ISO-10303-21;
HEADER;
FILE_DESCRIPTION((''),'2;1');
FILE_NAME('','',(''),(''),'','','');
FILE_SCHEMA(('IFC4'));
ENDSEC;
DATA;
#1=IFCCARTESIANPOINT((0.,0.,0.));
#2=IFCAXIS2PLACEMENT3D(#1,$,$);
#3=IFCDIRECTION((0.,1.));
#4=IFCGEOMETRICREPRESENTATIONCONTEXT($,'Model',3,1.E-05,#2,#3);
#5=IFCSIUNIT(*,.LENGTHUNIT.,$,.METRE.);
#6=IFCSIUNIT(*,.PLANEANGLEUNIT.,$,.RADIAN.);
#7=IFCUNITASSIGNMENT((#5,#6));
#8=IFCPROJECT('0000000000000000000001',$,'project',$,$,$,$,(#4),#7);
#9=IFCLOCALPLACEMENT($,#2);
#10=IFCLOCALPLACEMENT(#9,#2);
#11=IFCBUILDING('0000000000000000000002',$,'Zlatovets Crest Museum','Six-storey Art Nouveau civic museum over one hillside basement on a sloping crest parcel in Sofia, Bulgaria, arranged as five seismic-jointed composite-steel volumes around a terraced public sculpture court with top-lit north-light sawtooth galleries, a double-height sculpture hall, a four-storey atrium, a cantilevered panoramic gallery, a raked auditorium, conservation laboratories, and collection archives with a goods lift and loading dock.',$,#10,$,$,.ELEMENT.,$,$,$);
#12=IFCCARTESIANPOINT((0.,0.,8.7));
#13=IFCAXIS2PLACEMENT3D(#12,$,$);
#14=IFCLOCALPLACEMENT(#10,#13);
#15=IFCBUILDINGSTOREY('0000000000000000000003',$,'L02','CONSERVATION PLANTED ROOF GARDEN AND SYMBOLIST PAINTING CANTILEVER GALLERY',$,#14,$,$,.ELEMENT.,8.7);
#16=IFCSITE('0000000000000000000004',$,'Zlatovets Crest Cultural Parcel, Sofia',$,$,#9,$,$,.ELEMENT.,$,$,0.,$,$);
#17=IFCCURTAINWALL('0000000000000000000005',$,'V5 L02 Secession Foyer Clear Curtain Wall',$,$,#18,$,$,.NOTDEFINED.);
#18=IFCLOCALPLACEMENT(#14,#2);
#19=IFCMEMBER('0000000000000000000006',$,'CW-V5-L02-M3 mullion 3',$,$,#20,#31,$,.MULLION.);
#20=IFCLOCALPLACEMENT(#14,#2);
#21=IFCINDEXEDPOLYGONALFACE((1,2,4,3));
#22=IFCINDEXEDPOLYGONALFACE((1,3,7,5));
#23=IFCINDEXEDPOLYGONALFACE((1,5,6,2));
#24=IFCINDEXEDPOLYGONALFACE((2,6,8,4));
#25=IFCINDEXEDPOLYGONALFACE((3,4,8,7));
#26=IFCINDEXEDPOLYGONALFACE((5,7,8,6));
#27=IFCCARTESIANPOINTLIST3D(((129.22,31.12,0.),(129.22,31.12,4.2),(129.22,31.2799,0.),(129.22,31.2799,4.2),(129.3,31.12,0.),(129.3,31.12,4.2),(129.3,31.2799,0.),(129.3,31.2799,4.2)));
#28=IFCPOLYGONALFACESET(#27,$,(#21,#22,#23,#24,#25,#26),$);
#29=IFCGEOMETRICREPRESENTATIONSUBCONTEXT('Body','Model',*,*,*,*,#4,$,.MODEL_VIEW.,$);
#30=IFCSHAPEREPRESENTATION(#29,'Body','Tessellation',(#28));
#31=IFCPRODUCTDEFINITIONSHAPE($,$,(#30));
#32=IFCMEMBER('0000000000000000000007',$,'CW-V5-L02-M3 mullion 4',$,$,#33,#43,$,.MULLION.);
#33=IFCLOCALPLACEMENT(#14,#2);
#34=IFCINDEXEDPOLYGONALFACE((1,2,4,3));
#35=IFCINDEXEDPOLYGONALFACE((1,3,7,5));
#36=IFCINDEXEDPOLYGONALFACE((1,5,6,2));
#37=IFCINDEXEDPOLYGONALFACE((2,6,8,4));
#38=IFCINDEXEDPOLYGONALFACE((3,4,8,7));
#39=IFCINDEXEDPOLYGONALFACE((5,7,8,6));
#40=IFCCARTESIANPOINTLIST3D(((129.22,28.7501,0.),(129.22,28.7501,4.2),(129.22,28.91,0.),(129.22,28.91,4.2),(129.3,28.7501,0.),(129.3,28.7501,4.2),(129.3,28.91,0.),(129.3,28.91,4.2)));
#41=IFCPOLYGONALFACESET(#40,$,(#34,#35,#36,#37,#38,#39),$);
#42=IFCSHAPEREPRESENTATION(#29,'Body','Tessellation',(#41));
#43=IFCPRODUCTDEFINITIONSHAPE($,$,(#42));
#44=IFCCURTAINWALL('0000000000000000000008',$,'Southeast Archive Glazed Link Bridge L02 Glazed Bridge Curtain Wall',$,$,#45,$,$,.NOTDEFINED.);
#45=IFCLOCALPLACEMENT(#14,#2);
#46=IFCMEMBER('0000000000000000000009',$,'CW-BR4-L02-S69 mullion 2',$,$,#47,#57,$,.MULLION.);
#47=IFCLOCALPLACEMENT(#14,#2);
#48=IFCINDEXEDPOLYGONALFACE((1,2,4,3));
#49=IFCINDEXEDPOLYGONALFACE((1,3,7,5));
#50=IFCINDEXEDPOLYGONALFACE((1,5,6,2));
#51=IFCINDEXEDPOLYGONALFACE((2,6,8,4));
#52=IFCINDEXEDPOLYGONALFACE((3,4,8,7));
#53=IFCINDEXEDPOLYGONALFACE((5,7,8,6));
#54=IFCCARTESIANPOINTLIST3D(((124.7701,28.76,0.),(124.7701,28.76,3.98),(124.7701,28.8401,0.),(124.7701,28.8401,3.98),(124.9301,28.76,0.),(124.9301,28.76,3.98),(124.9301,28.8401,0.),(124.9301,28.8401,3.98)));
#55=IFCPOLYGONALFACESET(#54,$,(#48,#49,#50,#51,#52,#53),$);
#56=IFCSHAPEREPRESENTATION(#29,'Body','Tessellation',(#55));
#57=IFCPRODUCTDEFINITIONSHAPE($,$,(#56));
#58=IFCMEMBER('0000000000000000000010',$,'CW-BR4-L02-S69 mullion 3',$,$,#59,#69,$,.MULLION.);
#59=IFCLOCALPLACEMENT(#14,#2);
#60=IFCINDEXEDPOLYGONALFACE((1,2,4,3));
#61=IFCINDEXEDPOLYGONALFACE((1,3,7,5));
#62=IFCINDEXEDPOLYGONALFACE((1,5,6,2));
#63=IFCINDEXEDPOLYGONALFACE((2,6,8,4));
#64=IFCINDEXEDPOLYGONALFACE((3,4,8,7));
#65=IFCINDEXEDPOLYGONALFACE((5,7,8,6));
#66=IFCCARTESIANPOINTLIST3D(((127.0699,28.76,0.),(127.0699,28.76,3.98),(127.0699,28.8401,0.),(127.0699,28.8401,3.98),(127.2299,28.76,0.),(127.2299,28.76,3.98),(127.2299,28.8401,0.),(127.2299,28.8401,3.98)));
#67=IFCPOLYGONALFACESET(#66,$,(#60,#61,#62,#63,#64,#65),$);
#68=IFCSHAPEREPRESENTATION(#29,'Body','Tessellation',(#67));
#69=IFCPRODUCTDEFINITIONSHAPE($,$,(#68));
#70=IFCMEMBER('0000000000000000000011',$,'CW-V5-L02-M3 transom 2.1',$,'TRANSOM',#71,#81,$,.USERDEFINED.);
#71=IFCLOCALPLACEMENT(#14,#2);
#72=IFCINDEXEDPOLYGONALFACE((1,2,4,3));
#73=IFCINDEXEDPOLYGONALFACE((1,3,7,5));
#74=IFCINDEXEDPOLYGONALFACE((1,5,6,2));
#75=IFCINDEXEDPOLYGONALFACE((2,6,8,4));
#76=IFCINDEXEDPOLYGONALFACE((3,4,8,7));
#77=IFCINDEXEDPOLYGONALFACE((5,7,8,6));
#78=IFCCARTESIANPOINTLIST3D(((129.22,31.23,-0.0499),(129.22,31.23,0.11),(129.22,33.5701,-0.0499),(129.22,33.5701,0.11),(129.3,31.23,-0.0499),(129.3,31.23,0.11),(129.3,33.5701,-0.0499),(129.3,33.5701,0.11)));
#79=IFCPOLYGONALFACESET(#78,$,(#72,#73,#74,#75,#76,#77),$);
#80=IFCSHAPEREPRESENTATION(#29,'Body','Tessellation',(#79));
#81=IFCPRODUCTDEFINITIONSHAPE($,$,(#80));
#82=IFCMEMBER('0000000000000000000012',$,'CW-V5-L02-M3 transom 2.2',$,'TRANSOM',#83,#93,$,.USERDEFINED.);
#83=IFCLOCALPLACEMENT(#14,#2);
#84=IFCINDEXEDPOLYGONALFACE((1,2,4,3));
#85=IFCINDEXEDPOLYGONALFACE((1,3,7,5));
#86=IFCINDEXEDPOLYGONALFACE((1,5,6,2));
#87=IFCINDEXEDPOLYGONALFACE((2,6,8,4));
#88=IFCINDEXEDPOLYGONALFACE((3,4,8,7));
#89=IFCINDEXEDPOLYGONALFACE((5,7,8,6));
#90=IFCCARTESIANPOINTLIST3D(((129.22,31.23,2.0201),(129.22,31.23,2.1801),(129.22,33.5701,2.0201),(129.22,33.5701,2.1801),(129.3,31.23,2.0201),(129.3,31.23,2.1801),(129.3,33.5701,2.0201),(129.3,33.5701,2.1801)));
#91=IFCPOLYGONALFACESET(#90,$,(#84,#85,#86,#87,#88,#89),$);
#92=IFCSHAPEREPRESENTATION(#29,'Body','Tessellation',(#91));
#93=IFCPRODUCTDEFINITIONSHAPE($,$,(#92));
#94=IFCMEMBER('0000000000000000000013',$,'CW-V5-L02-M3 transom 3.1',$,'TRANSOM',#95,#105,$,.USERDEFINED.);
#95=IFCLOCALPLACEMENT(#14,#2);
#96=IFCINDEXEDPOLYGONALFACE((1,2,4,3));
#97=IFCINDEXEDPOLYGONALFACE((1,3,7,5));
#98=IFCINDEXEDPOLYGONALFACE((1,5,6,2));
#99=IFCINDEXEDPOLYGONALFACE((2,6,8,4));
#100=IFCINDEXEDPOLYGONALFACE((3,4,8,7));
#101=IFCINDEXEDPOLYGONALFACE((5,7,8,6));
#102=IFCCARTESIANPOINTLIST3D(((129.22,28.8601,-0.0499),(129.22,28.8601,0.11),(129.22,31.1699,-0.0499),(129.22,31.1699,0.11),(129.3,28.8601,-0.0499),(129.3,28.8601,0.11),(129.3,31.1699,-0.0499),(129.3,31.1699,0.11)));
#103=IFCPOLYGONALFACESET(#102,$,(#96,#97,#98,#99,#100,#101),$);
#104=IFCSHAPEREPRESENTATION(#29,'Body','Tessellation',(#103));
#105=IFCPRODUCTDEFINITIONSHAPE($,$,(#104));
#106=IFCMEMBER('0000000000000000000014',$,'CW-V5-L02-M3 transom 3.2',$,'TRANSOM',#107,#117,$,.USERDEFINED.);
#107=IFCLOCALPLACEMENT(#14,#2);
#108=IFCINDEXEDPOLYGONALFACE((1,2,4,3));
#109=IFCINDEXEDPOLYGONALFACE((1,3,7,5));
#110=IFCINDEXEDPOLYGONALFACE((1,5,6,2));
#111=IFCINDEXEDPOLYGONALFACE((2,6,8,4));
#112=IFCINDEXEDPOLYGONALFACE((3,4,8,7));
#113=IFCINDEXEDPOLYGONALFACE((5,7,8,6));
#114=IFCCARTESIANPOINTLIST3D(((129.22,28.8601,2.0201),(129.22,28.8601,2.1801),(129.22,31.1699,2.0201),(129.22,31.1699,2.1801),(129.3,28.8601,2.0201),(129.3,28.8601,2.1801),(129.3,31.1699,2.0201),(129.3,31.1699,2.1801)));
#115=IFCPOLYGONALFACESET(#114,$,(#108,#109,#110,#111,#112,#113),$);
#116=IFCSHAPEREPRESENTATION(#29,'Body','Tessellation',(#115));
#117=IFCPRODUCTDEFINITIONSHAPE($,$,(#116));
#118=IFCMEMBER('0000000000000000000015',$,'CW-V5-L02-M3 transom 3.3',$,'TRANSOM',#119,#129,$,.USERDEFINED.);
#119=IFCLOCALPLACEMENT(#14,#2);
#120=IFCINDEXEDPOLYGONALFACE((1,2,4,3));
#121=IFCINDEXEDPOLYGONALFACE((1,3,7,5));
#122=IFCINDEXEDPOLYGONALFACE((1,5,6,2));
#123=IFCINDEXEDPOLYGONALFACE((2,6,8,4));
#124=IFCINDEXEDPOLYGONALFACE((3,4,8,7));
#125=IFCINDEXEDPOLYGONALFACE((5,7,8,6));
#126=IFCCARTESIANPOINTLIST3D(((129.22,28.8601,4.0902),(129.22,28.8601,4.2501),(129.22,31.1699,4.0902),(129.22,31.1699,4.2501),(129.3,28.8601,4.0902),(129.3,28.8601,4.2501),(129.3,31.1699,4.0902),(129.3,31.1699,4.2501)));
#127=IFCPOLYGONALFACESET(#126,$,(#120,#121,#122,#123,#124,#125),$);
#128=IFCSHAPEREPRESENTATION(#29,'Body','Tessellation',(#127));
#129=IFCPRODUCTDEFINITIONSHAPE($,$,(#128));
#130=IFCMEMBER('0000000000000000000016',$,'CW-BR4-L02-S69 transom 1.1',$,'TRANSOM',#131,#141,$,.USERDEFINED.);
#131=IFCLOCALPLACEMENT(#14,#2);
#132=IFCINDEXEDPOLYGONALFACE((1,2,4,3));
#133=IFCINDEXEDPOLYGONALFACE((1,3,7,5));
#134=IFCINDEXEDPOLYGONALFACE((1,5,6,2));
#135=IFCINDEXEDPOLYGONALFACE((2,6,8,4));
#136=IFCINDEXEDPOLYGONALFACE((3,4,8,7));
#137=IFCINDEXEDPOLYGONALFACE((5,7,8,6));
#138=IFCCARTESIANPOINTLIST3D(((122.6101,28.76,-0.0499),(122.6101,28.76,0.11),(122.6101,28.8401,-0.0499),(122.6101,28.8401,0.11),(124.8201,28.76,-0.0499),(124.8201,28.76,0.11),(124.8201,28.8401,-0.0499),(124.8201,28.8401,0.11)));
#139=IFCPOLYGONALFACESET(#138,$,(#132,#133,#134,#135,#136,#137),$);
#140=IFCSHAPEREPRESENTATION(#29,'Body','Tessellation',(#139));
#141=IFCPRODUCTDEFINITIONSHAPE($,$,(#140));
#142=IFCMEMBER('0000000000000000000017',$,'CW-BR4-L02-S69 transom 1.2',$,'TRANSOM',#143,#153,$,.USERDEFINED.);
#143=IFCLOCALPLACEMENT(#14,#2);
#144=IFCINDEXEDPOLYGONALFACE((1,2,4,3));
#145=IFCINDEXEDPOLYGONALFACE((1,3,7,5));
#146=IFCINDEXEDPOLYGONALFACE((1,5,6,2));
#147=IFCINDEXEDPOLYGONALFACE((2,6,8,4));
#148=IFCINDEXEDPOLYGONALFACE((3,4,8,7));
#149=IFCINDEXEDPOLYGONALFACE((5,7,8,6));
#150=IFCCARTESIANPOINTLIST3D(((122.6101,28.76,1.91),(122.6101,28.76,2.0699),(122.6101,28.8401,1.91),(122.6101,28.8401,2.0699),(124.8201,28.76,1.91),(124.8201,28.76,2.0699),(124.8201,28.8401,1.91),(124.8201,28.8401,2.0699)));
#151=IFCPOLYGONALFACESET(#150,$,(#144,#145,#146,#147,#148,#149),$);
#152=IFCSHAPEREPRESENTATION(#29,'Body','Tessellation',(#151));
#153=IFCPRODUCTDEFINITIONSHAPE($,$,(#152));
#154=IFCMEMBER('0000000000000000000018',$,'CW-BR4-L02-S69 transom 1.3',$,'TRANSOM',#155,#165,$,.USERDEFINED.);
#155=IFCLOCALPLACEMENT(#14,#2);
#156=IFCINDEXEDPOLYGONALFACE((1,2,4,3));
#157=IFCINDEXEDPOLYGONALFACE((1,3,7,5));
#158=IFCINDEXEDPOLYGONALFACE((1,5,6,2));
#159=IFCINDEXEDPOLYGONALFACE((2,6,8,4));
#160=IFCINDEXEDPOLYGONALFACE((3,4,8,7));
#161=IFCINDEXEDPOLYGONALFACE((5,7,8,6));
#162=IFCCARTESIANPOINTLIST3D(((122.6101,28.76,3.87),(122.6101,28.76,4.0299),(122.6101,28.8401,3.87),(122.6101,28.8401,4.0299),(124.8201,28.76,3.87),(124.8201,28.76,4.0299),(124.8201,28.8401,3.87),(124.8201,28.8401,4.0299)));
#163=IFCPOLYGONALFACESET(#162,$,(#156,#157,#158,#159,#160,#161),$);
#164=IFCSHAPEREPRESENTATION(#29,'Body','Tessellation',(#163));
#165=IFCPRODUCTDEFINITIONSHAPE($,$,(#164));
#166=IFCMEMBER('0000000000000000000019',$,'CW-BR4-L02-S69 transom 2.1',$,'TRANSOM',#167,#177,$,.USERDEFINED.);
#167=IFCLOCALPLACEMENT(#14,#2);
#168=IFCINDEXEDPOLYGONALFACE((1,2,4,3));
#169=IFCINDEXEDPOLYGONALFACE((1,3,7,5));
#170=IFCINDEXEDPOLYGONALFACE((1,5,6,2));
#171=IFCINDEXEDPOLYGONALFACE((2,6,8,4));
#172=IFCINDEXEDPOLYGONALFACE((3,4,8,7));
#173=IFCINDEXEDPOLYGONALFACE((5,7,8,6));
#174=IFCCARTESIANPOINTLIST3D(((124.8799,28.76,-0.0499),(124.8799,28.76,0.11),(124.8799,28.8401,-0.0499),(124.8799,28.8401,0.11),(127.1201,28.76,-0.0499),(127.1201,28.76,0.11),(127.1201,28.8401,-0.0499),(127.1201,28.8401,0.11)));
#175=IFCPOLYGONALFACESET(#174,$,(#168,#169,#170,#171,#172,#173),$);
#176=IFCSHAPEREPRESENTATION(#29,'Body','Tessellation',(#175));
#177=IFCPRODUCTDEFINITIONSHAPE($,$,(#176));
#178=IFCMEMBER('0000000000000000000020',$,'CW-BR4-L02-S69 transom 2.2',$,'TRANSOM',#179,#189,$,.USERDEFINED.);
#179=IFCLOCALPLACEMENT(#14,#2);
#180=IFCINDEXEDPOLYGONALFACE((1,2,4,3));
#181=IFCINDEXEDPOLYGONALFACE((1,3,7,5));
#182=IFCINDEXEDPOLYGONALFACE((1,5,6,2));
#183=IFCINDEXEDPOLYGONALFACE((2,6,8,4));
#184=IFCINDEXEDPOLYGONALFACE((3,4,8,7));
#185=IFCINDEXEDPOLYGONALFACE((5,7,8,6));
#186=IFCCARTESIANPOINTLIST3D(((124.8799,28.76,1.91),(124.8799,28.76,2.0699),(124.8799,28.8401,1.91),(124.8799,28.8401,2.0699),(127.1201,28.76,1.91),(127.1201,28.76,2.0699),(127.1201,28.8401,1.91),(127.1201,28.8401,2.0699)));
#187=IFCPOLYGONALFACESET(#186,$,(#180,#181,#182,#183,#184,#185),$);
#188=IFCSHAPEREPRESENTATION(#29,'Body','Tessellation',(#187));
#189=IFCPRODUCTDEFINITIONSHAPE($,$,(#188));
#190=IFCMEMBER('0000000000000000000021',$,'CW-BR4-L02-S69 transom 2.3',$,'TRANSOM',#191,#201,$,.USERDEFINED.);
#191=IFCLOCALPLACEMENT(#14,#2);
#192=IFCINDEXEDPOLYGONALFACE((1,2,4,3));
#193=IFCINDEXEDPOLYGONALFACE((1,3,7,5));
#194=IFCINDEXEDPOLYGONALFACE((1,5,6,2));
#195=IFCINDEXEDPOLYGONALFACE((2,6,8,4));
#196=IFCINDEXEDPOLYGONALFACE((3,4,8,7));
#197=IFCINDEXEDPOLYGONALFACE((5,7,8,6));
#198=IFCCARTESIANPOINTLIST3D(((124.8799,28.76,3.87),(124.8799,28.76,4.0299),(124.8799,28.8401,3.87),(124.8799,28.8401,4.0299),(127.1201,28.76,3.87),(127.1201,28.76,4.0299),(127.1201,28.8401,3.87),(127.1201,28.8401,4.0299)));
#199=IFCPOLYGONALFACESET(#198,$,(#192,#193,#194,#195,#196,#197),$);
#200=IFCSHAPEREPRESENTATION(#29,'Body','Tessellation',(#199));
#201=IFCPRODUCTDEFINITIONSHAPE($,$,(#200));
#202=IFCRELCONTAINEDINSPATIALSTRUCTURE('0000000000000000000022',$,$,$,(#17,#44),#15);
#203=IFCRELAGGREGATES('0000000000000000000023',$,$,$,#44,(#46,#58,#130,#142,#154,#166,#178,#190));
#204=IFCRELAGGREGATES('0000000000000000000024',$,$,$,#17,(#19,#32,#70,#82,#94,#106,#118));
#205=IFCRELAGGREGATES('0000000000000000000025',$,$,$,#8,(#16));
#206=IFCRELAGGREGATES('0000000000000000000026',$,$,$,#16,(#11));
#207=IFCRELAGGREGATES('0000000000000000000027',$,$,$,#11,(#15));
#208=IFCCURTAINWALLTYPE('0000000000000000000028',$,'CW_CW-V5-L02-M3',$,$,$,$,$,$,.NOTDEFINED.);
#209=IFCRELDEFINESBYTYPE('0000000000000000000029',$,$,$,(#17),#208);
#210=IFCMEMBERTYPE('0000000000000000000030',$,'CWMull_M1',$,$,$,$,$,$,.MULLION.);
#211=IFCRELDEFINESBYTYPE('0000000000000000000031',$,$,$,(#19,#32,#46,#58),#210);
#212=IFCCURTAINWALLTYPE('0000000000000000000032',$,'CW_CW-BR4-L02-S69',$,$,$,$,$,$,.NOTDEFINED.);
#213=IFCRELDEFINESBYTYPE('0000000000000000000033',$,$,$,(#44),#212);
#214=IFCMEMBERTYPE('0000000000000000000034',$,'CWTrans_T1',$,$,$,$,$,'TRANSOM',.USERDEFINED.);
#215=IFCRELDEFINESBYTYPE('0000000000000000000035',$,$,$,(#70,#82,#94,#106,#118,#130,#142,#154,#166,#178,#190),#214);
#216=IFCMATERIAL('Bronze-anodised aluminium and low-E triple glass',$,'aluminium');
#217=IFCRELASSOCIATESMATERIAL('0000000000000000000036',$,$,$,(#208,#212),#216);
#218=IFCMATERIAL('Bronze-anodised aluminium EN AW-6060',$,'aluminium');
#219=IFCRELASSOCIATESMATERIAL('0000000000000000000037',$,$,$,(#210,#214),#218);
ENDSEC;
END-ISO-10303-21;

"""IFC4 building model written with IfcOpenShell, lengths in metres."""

from ifc_helpers import new_model, si_unit, direction, frame, origin, origin_2d, place, context, subcontext, project, spatial, rectangle, extrude, material, material_profile, profile_set, type_object, element, aggregate, save


model = new_model("IFC4")

# Units and contexts
model_context = context("Model", 3, precision=1e-05, world=origin(), true_north=direction((0.0, 1.0)))
body_context = subcontext(model_context, "Body", "Model", "MODEL_VIEW")
ifc_project = project(units=[si_unit("LENGTHUNIT", "METRE"), si_unit("PLANEANGLEUNIT", "RADIAN")], contexts=[model_context])

# Site, building, storey
site_placement = place(None, origin())
site = spatial("IfcSite", under=ifc_project, at=site_placement, Name="Zlatovets Crest Cultural Parcel, Sofia", CompositionType="ELEMENT", RefElevation=0.0)
building_placement = place(site_placement, origin())
building = spatial("IfcBuilding", under=site, at=building_placement, Name="Zlatovets Crest Museum", Description="Six-storey Art Nouveau civic museum over one hillside basement on a sloping crest parcel in Sofia, Bulgaria, arranged as five seismic-jointed composite-steel volumes around a terraced public sculpture court with top-lit north-light sawtooth galleries, a double-height sculpture hall, a four-storey atrium, a cantilevered panoramic gallery, a raked auditorium, conservation laboratories, and collection archives with a goods lift and loading dock.", CompositionType="ELEMENT")
storey_placement = place(building_placement, frame((0.0, 0.0, 8.7)))
storey = spatial("IfcBuildingStorey", under=building, at=storey_placement, Name="L02", Description="CONSERVATION PLANTED ROOF GARDEN AND SYMBOLIST PAINTING CANTILEVER GALLERY", CompositionType="ELEMENT", Elevation=8.7)

# Curtain walls, members
ifc_material_1 = material(Name="Bronze-anodised aluminium and low-E triple glass", Category="aluminium")
curtain_wall_type_1 = type_object("IfcCurtainWallType", Name="CW_CW-V5-L02-M3", PredefinedType="NOTDEFINED", material=ifc_material_1)
curtain_wall_1_placement = place(storey_placement, origin())
curtain_wall_1 = element("IfcCurtainWall", 1, at=curtain_wall_1_placement, inside=storey, type_object=curtain_wall_type_1, Name="V5 L02 Secession Foyer Clear Curtain Wall", PredefinedType="NOTDEFINED")
ifc_material_2 = material(Name="Bronze-anodised aluminium EN AW-6060", Category="aluminium")
ifc_material_profile_1 = material_profile(ifc_material_2, rectangle(XDim=0.0801, YDim=0.1599, at=origin_2d()), Name="ALU 80x160")
ifc_profile_set_1 = profile_set([ifc_material_profile_1], Name="Bronze-anodised aluminium EN AW-6060")
member_type_1 = type_object("IfcMemberType", Name="CWMull_M1", PredefinedType="MULLION", material=ifc_profile_set_1)
member_1_placement = place(storey_placement, frame((129.26, 31.2, 0.0), z_axis=(0.0, 0.0, 1.0), x_axis=(1.0, 0.0, 0.0)))
member_1 = element("IfcMember", 2, at=member_1_placement, type_object=member_type_1, Name="CW-V5-L02-M3 mullion 3", PredefinedType="MULLION", context=body_context, shape_type="SweptSolid", body=[
    extrude(rectangle(XDim=0.0801, YDim=0.1599, at=origin_2d()), origin(), (0.0, 0.0, 1.0), 4.2),
])
member_2_placement = place(storey_placement, frame((129.26, 28.8301, 0.0), z_axis=(0.0, 0.0, 1.0), x_axis=(1.0, 0.0, 0.0)))
member_2 = element("IfcMember", 3, at=member_2_placement, type_object=member_type_1, Name="CW-V5-L02-M3 mullion 4", PredefinedType="MULLION", context=body_context, shape_type="SweptSolid", body=[
    extrude(rectangle(XDim=0.0801, YDim=0.1599, at=origin_2d()), origin(), (0.0, 0.0, 1.0), 4.2),
])
curtain_wall_type_2 = type_object("IfcCurtainWallType", Name="CW_CW-BR4-L02-S69", PredefinedType="NOTDEFINED", material=ifc_material_1)
curtain_wall_2_placement = place(storey_placement, origin())
curtain_wall_2 = element("IfcCurtainWall", 4, at=curtain_wall_2_placement, inside=storey, type_object=curtain_wall_type_2, Name="Southeast Archive Glazed Link Bridge L02 Glazed Bridge Curtain Wall", PredefinedType="NOTDEFINED")
member_3_placement = place(storey_placement, frame((124.8501, 28.8, 0.0), z_axis=(0.0, 0.0, 1.0), x_axis=(0.0, 1.0, 0.0)))
member_3 = element("IfcMember", 5, at=member_3_placement, type_object=member_type_1, Name="CW-BR4-L02-S69 mullion 2", PredefinedType="MULLION", context=body_context, shape_type="SweptSolid", body=[
    extrude(rectangle(XDim=0.0801, YDim=0.1599, at=origin_2d()), origin(), (0.0, 0.0, 1.0), 3.98),
])
member_4_placement = place(storey_placement, frame((127.1499, 28.8, 0.0), z_axis=(0.0, 0.0, 1.0), x_axis=(0.0, 1.0, 0.0)))
member_4 = element("IfcMember", 6, at=member_4_placement, type_object=member_type_1, Name="CW-BR4-L02-S69 mullion 3", PredefinedType="MULLION", context=body_context, shape_type="SweptSolid", body=[
    extrude(rectangle(XDim=0.0801, YDim=0.1599, at=origin_2d()), origin(), (0.0, 0.0, 1.0), 3.98),
])

# Members
ifc_material_profile_2 = material_profile(ifc_material_2, rectangle(XDim=0.0801, YDim=0.1599, at=origin_2d()), Name="ALU 80x160")
ifc_profile_set_2 = profile_set([ifc_material_profile_2], Name="Bronze-anodised aluminium EN AW-6060")
member_type_2 = type_object("IfcMemberType", Name="CWTrans_T1", ElementType="TRANSOM", PredefinedType="USERDEFINED", material=ifc_profile_set_2)
member_5_placement = place(storey_placement, frame((129.26, 33.5701, 0.03), z_axis=(0.0, -1.0, 0.0), x_axis=(1.0, 0.0, 0.0)))
member_5 = element("IfcMember", 7, at=member_5_placement, type_object=member_type_2, Name="CW-V5-L02-M3 transom 2.1", ObjectType="TRANSOM", PredefinedType="USERDEFINED", context=body_context, shape_type="SweptSolid", body=[
    extrude(rectangle(XDim=0.0801, YDim=0.1599, at=origin_2d()), origin(), (0.0, 0.0, 1.0), 2.3401),
])
member_6_placement = place(storey_placement, frame((129.26, 33.5701, 2.1001), z_axis=(0.0, -1.0, 0.0), x_axis=(1.0, 0.0, 0.0)))
member_6 = element("IfcMember", 8, at=member_6_placement, type_object=member_type_2, Name="CW-V5-L02-M3 transom 2.2", ObjectType="TRANSOM", PredefinedType="USERDEFINED", context=body_context, shape_type="SweptSolid", body=[
    extrude(rectangle(XDim=0.0801, YDim=0.1599, at=origin_2d()), origin(), (0.0, 0.0, 1.0), 2.3401),
])
member_7_placement = place(storey_placement, frame((129.26, 31.1699, 0.03), z_axis=(0.0, -1.0, 0.0), x_axis=(1.0, 0.0, 0.0)))
member_7 = element("IfcMember", 9, at=member_7_placement, type_object=member_type_2, Name="CW-V5-L02-M3 transom 3.1", ObjectType="TRANSOM", PredefinedType="USERDEFINED", context=body_context, shape_type="SweptSolid", body=[
    extrude(rectangle(XDim=0.0801, YDim=0.1599, at=origin_2d()), origin(), (0.0, 0.0, 1.0), 2.3098),
])
member_8_placement = place(storey_placement, frame((129.26, 31.1699, 2.1001), z_axis=(0.0, -1.0, 0.0), x_axis=(1.0, 0.0, 0.0)))
member_8 = element("IfcMember", 10, at=member_8_placement, type_object=member_type_2, Name="CW-V5-L02-M3 transom 3.2", ObjectType="TRANSOM", PredefinedType="USERDEFINED", context=body_context, shape_type="SweptSolid", body=[
    extrude(rectangle(XDim=0.0801, YDim=0.1599, at=origin_2d()), origin(), (0.0, 0.0, 1.0), 2.3098),
])
member_9_placement = place(storey_placement, frame((129.26, 31.1699, 4.1702), z_axis=(0.0, -1.0, 0.0), x_axis=(1.0, 0.0, 0.0)))
member_9 = element("IfcMember", 11, at=member_9_placement, type_object=member_type_2, Name="CW-V5-L02-M3 transom 3.3", ObjectType="TRANSOM", PredefinedType="USERDEFINED", context=body_context, shape_type="SweptSolid", body=[
    extrude(rectangle(XDim=0.0801, YDim=0.1599, at=origin_2d()), origin(), (0.0, 0.0, 1.0), 2.3098),
])
member_10_placement = place(storey_placement, frame((122.6101, 28.8, 0.03), z_axis=(1.0, 0.0, 0.0), x_axis=(0.0, 1.0, 0.0)))
member_10 = element("IfcMember", 12, at=member_10_placement, type_object=member_type_2, Name="CW-BR4-L02-S69 transom 1.1", ObjectType="TRANSOM", PredefinedType="USERDEFINED", context=body_context, shape_type="SweptSolid", body=[
    extrude(rectangle(XDim=0.0801, YDim=0.1599, at=origin_2d()), origin(), (0.0, 0.0, 1.0), 2.21),
])
member_11_placement = place(storey_placement, frame((122.6101, 28.8, 1.99), z_axis=(1.0, 0.0, 0.0), x_axis=(0.0, 1.0, 0.0)))
member_11 = element("IfcMember", 13, at=member_11_placement, type_object=member_type_2, Name="CW-BR4-L02-S69 transom 1.2", ObjectType="TRANSOM", PredefinedType="USERDEFINED", context=body_context, shape_type="SweptSolid", body=[
    extrude(rectangle(XDim=0.0801, YDim=0.1599, at=origin_2d()), origin(), (0.0, 0.0, 1.0), 2.21),
])
member_12_placement = place(storey_placement, frame((122.6101, 28.8, 3.95), z_axis=(1.0, 0.0, 0.0), x_axis=(0.0, 1.0, 0.0)))
member_12 = element("IfcMember", 14, at=member_12_placement, type_object=member_type_2, Name="CW-BR4-L02-S69 transom 1.3", ObjectType="TRANSOM", PredefinedType="USERDEFINED", context=body_context, shape_type="SweptSolid", body=[
    extrude(rectangle(XDim=0.0801, YDim=0.1599, at=origin_2d()), origin(), (0.0, 0.0, 1.0), 2.21),
])
member_13_placement = place(storey_placement, frame((124.8799, 28.8, 0.03), z_axis=(1.0, 0.0, 0.0), x_axis=(0.0, 1.0, 0.0)))
member_13 = element("IfcMember", 15, at=member_13_placement, type_object=member_type_2, Name="CW-BR4-L02-S69 transom 2.1", ObjectType="TRANSOM", PredefinedType="USERDEFINED", context=body_context, shape_type="SweptSolid", body=[
    extrude(rectangle(XDim=0.0801, YDim=0.1599, at=origin_2d()), origin(), (0.0, 0.0, 1.0), 2.2402),
])
member_14_placement = place(storey_placement, frame((124.8799, 28.8, 1.99), z_axis=(1.0, 0.0, 0.0), x_axis=(0.0, 1.0, 0.0)))
member_14 = element("IfcMember", 16, at=member_14_placement, type_object=member_type_2, Name="CW-BR4-L02-S69 transom 2.2", ObjectType="TRANSOM", PredefinedType="USERDEFINED", context=body_context, shape_type="SweptSolid", body=[
    extrude(rectangle(XDim=0.0801, YDim=0.1599, at=origin_2d()), origin(), (0.0, 0.0, 1.0), 2.2402),
])
member_15_placement = place(storey_placement, frame((124.8799, 28.8, 3.95), z_axis=(1.0, 0.0, 0.0), x_axis=(0.0, 1.0, 0.0)))
member_15 = element("IfcMember", 17, at=member_15_placement, type_object=member_type_2, Name="CW-BR4-L02-S69 transom 2.3", ObjectType="TRANSOM", PredefinedType="USERDEFINED", context=body_context, shape_type="SweptSolid", body=[
    extrude(rectangle(XDim=0.0801, YDim=0.1599, at=origin_2d()), origin(), (0.0, 0.0, 1.0), 2.2402),
])

aggregate(curtain_wall_2, [member_3, member_4, member_10, member_11, member_12, member_13, member_14, member_15])
aggregate(curtain_wall_1, [member_1, member_2, member_5, member_6, member_7, member_8, member_9])

save(model, "model.ifc")
